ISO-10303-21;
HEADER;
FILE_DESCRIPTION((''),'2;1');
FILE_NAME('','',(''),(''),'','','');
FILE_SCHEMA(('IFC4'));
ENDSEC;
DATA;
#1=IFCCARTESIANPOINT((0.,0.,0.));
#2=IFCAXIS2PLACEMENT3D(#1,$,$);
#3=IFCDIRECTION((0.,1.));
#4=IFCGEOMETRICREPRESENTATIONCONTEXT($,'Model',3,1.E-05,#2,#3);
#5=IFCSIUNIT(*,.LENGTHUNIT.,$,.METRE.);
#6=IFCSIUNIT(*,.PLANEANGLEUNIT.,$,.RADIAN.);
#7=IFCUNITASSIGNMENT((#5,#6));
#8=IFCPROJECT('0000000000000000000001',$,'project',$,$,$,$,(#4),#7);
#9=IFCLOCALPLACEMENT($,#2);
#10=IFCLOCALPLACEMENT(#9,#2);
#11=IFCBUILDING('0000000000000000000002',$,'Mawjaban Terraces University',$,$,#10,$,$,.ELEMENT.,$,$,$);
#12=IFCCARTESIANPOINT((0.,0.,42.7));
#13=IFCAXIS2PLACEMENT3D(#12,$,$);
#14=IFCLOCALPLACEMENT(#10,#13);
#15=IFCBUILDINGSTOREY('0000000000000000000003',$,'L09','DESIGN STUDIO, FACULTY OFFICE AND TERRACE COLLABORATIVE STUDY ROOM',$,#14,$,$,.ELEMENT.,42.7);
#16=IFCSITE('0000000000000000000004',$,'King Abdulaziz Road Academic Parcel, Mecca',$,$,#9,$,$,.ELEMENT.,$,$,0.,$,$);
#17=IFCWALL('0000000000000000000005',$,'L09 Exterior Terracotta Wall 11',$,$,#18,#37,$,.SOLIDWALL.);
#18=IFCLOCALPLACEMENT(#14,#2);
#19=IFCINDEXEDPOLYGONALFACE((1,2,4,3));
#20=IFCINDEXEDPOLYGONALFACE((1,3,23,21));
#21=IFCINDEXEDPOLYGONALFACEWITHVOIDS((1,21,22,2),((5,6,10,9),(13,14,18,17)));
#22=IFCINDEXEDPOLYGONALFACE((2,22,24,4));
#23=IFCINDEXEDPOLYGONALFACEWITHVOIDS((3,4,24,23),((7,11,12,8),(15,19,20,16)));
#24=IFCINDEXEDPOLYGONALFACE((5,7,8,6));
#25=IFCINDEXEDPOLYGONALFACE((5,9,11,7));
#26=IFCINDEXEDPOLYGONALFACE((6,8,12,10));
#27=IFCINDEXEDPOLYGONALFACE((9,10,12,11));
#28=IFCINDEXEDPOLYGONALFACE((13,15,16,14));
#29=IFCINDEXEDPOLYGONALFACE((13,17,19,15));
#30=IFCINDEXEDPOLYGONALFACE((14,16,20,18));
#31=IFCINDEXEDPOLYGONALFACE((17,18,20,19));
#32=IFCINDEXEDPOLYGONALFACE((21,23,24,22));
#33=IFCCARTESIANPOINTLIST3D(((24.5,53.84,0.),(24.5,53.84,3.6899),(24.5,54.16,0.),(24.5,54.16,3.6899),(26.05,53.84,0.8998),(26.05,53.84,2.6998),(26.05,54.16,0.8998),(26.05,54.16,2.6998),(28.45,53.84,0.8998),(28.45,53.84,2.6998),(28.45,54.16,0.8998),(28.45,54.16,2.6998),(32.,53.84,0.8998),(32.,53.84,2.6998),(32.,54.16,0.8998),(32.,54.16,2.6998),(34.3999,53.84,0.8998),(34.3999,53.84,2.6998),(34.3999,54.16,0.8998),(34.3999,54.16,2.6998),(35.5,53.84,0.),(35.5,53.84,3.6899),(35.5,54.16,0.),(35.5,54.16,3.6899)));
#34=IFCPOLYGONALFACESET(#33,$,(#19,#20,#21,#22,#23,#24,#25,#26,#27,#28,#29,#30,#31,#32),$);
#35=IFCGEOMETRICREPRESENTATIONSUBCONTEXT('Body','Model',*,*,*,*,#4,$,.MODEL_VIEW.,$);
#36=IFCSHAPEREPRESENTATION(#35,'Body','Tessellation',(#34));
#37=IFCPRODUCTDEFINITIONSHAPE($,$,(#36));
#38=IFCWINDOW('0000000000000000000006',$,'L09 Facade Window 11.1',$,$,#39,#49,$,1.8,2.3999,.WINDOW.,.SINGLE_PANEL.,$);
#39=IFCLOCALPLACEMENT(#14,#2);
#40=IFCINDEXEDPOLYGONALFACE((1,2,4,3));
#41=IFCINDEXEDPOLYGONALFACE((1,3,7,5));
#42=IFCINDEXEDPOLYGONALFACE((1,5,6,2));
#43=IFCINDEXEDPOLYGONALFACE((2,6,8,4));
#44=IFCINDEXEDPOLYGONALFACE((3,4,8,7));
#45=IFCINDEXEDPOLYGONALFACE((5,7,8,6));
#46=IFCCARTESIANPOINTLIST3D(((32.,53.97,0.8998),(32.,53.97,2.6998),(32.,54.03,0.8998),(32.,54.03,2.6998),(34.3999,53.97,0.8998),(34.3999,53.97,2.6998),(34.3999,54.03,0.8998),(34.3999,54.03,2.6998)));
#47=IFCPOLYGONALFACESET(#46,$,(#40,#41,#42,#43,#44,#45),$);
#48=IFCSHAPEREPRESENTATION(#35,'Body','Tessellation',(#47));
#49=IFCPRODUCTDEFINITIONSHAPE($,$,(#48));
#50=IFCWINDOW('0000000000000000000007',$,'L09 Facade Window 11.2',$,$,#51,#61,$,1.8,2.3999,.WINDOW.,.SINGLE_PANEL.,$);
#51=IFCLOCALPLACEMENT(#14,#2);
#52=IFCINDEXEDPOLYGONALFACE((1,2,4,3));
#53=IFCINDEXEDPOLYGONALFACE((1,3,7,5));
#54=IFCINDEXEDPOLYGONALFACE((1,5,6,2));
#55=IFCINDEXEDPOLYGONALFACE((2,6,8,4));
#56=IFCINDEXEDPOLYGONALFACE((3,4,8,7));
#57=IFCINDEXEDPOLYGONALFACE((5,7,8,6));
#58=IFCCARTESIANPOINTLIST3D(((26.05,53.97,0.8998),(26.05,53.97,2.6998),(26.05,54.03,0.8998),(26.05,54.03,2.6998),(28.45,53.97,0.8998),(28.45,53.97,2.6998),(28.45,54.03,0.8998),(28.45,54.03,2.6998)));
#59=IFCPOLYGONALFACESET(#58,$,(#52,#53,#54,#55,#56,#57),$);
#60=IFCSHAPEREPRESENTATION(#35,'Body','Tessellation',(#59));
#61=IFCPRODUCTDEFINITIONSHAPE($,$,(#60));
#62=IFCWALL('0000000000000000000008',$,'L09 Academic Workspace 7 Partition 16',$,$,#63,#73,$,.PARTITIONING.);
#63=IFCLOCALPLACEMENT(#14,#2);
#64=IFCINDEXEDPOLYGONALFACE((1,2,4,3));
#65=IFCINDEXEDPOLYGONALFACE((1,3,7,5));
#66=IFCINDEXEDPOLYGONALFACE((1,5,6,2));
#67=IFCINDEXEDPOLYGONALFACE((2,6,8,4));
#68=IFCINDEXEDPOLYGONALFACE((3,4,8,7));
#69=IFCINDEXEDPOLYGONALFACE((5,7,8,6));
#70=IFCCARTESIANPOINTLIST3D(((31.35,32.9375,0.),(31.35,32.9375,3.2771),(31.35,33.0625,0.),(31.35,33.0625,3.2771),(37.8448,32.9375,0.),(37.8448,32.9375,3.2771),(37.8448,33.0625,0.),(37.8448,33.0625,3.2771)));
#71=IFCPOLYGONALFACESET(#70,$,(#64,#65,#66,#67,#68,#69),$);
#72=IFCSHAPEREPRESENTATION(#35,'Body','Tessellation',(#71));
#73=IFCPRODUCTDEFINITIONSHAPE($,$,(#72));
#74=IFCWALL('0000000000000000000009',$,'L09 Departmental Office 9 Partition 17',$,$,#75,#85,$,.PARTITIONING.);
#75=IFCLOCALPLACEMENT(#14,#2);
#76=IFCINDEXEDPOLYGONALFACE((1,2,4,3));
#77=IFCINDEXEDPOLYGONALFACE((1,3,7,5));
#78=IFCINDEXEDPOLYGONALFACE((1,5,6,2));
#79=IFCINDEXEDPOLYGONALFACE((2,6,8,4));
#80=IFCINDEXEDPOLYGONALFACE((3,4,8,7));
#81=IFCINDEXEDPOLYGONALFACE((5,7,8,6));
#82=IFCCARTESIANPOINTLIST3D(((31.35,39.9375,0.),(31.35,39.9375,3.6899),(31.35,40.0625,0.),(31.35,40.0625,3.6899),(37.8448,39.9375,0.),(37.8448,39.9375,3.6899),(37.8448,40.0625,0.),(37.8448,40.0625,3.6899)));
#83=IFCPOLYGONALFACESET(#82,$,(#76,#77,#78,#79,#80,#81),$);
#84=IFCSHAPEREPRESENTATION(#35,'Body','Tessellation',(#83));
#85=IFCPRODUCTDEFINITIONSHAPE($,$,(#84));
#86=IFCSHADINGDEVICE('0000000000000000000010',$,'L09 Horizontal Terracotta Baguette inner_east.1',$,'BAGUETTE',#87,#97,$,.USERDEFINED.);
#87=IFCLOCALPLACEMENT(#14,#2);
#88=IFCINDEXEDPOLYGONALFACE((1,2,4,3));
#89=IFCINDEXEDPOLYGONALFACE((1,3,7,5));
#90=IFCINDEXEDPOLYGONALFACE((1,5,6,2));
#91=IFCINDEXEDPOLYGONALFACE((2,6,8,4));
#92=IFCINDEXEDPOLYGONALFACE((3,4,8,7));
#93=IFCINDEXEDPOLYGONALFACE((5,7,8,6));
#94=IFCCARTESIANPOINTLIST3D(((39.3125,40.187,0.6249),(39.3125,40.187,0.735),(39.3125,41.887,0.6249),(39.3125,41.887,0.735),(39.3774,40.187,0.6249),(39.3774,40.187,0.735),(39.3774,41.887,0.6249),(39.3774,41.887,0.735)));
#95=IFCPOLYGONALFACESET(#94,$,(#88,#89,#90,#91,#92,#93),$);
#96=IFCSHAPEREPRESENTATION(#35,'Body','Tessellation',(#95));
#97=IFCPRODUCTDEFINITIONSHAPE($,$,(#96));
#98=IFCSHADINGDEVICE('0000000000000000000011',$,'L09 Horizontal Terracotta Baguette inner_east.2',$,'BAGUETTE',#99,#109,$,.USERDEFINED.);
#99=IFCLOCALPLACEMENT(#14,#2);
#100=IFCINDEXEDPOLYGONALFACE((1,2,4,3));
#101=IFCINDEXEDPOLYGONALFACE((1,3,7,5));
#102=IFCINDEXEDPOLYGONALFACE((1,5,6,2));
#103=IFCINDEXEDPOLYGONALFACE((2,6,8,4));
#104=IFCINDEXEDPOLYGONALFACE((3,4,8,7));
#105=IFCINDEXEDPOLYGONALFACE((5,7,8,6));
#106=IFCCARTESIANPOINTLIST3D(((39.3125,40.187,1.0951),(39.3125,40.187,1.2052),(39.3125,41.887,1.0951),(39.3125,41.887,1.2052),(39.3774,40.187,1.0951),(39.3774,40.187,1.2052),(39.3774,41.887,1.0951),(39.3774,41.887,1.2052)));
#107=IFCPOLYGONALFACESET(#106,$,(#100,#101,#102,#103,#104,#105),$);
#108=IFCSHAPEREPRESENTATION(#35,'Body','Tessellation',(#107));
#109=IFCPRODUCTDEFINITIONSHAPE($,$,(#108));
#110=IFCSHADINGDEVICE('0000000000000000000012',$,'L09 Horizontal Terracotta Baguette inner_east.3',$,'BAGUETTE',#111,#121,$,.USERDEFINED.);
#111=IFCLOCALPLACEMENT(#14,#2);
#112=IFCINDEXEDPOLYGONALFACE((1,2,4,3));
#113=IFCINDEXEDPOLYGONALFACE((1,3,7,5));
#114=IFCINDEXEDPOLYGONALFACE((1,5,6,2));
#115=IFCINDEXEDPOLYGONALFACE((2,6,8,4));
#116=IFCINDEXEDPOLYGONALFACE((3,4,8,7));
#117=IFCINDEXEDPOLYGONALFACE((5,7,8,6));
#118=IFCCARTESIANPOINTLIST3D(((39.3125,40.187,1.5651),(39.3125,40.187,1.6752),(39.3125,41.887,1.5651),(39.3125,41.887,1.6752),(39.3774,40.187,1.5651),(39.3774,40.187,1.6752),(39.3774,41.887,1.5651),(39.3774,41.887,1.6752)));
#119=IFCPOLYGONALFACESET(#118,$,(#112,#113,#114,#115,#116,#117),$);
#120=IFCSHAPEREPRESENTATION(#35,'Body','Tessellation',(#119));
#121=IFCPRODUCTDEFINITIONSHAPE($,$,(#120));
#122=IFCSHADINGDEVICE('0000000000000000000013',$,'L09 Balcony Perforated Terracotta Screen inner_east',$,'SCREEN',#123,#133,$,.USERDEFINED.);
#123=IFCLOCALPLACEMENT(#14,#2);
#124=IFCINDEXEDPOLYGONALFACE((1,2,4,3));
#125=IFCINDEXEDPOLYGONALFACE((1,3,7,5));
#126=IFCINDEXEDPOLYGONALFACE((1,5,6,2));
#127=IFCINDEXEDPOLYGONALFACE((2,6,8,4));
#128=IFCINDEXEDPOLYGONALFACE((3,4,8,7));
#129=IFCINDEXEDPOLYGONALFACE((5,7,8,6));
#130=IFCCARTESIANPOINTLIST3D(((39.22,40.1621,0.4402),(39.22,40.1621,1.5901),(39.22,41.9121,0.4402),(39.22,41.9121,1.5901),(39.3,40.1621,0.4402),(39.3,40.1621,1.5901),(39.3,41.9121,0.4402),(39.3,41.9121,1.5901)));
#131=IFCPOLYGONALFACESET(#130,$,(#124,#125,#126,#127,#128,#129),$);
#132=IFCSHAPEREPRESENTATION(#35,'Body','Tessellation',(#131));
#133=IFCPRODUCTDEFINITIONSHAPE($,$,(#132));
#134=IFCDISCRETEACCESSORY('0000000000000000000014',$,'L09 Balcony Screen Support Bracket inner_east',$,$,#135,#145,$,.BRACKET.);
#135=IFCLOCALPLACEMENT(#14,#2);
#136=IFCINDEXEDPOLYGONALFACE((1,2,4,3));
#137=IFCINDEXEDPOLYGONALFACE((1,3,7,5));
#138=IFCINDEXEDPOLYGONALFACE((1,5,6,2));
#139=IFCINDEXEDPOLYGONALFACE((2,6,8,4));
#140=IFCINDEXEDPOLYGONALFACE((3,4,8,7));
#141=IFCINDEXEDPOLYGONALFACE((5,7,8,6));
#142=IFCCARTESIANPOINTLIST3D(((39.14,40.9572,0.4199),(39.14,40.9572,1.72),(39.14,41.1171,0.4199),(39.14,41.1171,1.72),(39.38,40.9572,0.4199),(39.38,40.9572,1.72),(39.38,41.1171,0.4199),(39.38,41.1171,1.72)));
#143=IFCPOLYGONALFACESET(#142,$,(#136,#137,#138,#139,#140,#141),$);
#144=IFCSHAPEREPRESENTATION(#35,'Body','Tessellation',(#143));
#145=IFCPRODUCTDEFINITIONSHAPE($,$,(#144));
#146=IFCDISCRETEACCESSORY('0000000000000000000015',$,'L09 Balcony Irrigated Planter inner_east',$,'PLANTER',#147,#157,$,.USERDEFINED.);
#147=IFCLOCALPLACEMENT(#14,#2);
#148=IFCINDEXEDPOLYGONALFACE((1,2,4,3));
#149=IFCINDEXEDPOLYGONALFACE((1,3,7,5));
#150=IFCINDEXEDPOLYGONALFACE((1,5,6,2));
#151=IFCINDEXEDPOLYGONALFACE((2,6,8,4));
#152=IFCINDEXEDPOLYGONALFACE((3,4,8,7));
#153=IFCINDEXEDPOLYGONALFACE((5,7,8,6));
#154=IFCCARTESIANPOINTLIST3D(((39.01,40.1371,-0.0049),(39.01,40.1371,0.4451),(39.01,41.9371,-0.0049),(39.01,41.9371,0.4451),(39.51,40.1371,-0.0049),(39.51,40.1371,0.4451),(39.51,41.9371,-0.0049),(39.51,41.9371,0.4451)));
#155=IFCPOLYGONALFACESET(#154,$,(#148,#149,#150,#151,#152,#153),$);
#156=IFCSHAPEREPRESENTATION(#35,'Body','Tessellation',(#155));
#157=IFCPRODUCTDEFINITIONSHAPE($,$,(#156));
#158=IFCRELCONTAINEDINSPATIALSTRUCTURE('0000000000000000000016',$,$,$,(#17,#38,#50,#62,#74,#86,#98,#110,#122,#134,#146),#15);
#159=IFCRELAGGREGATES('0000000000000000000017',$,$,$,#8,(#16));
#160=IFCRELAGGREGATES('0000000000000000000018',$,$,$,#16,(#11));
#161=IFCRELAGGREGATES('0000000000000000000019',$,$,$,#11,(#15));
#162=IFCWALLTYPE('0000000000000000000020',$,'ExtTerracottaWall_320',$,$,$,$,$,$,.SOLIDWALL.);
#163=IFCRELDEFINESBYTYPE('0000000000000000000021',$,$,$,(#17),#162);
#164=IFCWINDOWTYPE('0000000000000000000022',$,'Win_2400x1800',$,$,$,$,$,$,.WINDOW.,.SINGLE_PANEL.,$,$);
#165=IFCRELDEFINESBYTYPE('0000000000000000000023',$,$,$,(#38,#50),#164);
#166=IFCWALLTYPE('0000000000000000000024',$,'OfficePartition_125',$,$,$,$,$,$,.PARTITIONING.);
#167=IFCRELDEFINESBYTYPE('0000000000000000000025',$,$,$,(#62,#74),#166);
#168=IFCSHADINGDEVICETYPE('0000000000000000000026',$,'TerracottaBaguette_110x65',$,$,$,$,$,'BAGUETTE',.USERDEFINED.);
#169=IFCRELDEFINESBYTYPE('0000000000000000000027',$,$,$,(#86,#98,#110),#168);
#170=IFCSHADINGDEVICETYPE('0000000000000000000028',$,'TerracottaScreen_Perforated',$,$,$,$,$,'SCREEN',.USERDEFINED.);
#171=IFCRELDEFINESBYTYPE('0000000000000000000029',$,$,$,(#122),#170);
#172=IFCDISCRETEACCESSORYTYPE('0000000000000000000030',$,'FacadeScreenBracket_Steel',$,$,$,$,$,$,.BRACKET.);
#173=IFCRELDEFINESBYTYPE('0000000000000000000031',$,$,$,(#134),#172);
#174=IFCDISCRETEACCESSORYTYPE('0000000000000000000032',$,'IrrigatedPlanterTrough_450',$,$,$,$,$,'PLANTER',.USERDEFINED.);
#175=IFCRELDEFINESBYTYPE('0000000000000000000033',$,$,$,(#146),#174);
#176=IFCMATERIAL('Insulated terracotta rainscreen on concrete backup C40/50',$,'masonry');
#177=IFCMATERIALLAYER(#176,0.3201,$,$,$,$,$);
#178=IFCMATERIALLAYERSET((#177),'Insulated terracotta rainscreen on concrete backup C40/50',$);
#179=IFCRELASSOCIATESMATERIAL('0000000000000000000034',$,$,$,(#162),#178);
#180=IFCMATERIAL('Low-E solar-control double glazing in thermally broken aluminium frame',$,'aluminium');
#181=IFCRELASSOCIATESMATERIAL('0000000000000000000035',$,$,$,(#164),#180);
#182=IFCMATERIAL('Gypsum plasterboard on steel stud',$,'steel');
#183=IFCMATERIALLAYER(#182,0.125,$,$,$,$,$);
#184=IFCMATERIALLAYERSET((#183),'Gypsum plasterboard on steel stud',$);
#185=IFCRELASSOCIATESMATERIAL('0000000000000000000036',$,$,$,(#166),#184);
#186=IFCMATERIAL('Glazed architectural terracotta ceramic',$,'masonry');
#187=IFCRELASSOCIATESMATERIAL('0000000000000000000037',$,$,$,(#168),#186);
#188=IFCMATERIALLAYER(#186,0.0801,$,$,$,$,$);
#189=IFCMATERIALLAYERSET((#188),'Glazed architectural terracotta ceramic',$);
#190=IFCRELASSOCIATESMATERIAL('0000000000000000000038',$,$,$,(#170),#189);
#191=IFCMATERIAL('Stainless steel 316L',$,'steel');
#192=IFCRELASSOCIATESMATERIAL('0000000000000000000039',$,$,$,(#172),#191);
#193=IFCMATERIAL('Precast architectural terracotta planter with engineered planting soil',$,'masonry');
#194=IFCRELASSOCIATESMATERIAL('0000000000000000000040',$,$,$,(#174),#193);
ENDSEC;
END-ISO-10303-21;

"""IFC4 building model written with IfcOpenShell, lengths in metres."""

from ifc_helpers import new_model, si_unit, direction, frame, frame_2d, origin, origin_2d, place, context, subcontext, project, spatial, rectangle, extrude, material, layer, layer_set, material_profile, profile_set, type_object, element, fill, save


model = new_model("IFC4")

# Units and contexts
model_context = context("Model", 3, precision=1e-05, world=origin(), true_north=direction((0.0, 1.0)))
body_context = subcontext(model_context, "Body", "Model", "MODEL_VIEW")
ifc_project = project(units=[si_unit("LENGTHUNIT", "METRE"), si_unit("PLANEANGLEUNIT", "RADIAN")], contexts=[model_context])

# Site, building, storey
site_placement = place(None, origin())
site = spatial("IfcSite", under=ifc_project, at=site_placement, Name="King Abdulaziz Road Academic Parcel, Mecca", CompositionType="ELEMENT", RefElevation=0.0)
building_placement = place(site_placement, origin())
building = spatial("IfcBuilding", under=site, at=building_placement, Name="Mawjaban Terraces University", CompositionType="ELEMENT")
storey_placement = place(building_placement, frame((0.0, 0.0, 42.7)))
storey = spatial("IfcBuildingStorey", under=building, at=storey_placement, Name="L09", Description="DESIGN STUDIO, FACULTY OFFICE AND TERRACE COLLABORATIVE STUDY ROOM", CompositionType="ELEMENT", Elevation=42.7)

# Shared definitions
ifc_material_1 = material(Name="Insulated terracotta rainscreen on concrete backup C40/50", Category="masonry")
ifc_layer_1 = layer(ifc_material_1, 0.3201)
ifc_layer_set_1 = layer_set([ifc_layer_1], Name="Insulated terracotta rainscreen on concrete backup C40/50")
wall_type_1 = type_object("IfcWallType", Name="ExtTerracottaWall_320", PredefinedType="SOLIDWALL", material=ifc_layer_set_1)

# Wall, openings, windows
wall_1_placement = place(storey_placement, frame((35.5, 54.0, 0.0), z_axis=(0.0, 0.0, 1.0), x_axis=(-1.0, 0.0, 0.0)))
wall_1 = element("IfcWall", 1, at=wall_1_placement, inside=storey, type_object=wall_type_1, Name="L09 Exterior Terracotta Wall 11", PredefinedType="SOLIDWALL", context=body_context, shape_type="SweptSolid", body=[
    extrude(rectangle(XDim=11.0, YDim=0.3201, at=frame_2d((5.5, 0.0))), origin(), (0.0, 0.0, 1.0), 3.6899),
])
opening_1_placement = place(wall_1_placement, frame((1.1001, 0.0, 0.8999)))
opening_1 = element("IfcOpeningElement", 2, at=opening_1_placement, cuts=wall_1, PredefinedType="OPENING", context=body_context, shape_type="SweptSolid", body=[
    extrude(rectangle(XDim=2.3999, YDim=1.8, at=frame_2d((1.2, 0.8999))), frame((0.0, 0.1699, 0.0), z_axis=(0.0, -1.0, 0.0), x_axis=(1.0, 0.0, 0.0)), (0.0, 0.0, 1.0), 0.3401),
])
opening_2_placement = place(wall_1_placement, frame((7.05, 0.0, 0.8999)))
opening_2 = element("IfcOpeningElement", 3, at=opening_2_placement, cuts=wall_1, PredefinedType="OPENING", context=body_context, shape_type="SweptSolid", body=[
    extrude(rectangle(XDim=2.3999, YDim=1.8, at=frame_2d((1.2, 0.8999))), frame((0.0, 0.1699, 0.0), z_axis=(0.0, -1.0, 0.0), x_axis=(1.0, 0.0, 0.0)), (0.0, 0.0, 1.0), 0.3401),
])
ifc_material_2 = material(Name="Low-E solar-control double glazing in thermally broken aluminium frame", Category="aluminium")
window_type = type_object("IfcWindowType", Name="Win_2400x1800", PartitioningType="SINGLE_PANEL", PredefinedType="WINDOW", material=ifc_material_2)
window_1_placement = place(opening_1_placement, origin())
window_1 = element("IfcWindow", 4, at=window_1_placement, inside=storey, type_object=window_type, Name="L09 Facade Window 11.1", OverallHeight=1.8, OverallWidth=2.3999, PartitioningType="SINGLE_PANEL", PredefinedType="WINDOW", context=body_context, shape_type="SweptSolid", body=[
    extrude(rectangle(XDim=2.3999, YDim=1.8, at=frame_2d((1.2, 0.8999))), frame((0.0, 0.03, 0.0), z_axis=(0.0, -1.0, 0.0), x_axis=(1.0, 0.0, 0.0)), (0.0, 0.0, 1.0), 0.0601),
])
fill(opening_1, window_1)
window_2_placement = place(opening_2_placement, origin())
window_2 = element("IfcWindow", 5, at=window_2_placement, inside=storey, type_object=window_type, Name="L09 Facade Window 11.2", OverallHeight=1.8, OverallWidth=2.3999, PartitioningType="SINGLE_PANEL", PredefinedType="WINDOW", context=body_context, shape_type="SweptSolid", body=[
    extrude(rectangle(XDim=2.3999, YDim=1.8, at=frame_2d((1.2, 0.8999))), frame((0.0, 0.03, 0.0), z_axis=(0.0, -1.0, 0.0), x_axis=(1.0, 0.0, 0.0)), (0.0, 0.0, 1.0), 0.0601),
])
fill(opening_2, window_2)

# Walls
ifc_material_3 = material(Name="Gypsum plasterboard on steel stud", Category="steel")
ifc_layer_2 = layer(ifc_material_3, 0.125)
ifc_layer_set_2 = layer_set([ifc_layer_2], Name="Gypsum plasterboard on steel stud")
wall_type_2 = type_object("IfcWallType", Name="OfficePartition_125", PredefinedType="PARTITIONING", material=ifc_layer_set_2)
wall_2_placement = place(storey_placement, frame((37.845, 33.0, 0.0), z_axis=(0.0, 0.0, 1.0), x_axis=(-1.0, 0.0, 0.0)))
element("IfcWall", 6, at=wall_2_placement, inside=storey, type_object=wall_type_2, Name="L09 Academic Workspace 7 Partition 16", PredefinedType="PARTITIONING", context=body_context, shape_type="SweptSolid", body=[
    extrude(rectangle(XDim=6.4949, YDim=0.125, at=frame_2d((3.2476, 0.0))), origin(), (0.0, 0.0, 1.0), 3.2771),
])
wall_3_placement = place(storey_placement, frame((37.845, 40.0, 0.0), z_axis=(0.0, 0.0, 1.0), x_axis=(-1.0, 0.0, 0.0)))
element("IfcWall", 7, at=wall_3_placement, inside=storey, type_object=wall_type_2, Name="L09 Departmental Office 9 Partition 17", PredefinedType="PARTITIONING", context=body_context, shape_type="SweptSolid", body=[
    extrude(rectangle(XDim=6.4949, YDim=0.125, at=frame_2d((3.2476, 0.0))), origin(), (0.0, 0.0, 1.0), 3.6899),
])

# Shading devices
ifc_material_4 = material(Name="Glazed architectural terracotta ceramic", Category="masonry")
ifc_material_profile_1 = material_profile(ifc_material_4, rectangle(XDim=0.0649, YDim=0.1101, at=origin_2d()), Name="TBAG110X65")
ifc_profile_set_1 = profile_set([ifc_material_profile_1], Name="Glazed architectural terracotta ceramic")
shading_device_type_1 = type_object("IfcShadingDeviceType", Name="TerracottaBaguette_110x65", ElementType="BAGUETTE", PredefinedType="USERDEFINED", material=ifc_profile_set_1)
for number, where, z_axis, x_axis, name in (
    (8, (39.345, 40.187, 0.6799), (0.0, 1.0, 0.0), (-1.0, 0.0, 0.0), "L09 Horizontal Terracotta Baguette inner_east.1"),
    (9, (39.345, 40.187, 1.1501), (0.0, 1.0, 0.0), (-1.0, 0.0, 0.0), "L09 Horizontal Terracotta Baguette inner_east.2"),
    (10, (39.345, 40.187, 1.6201), (0.0, 1.0, 0.0), (-1.0, 0.0, 0.0), "L09 Horizontal Terracotta Baguette inner_east.3"),
):
    element("IfcShadingDevice", number, at=place(storey_placement, frame(where, z_axis=z_axis, x_axis=x_axis)), inside=storey, type_object=shading_device_type_1, Name=name, ObjectType="BAGUETTE", PredefinedType="USERDEFINED", context=body_context, shape_type="SweptSolid", body=[
        extrude(rectangle(XDim=0.0649, YDim=0.1101, at=origin_2d()), origin(), (0.0, 0.0, 1.0), 1.7),
    ])
ifc_layer_3 = layer(ifc_material_4, 0.0801)
ifc_layer_set_3 = layer_set([ifc_layer_3], Name="Glazed architectural terracotta ceramic")
shading_device_type_2 = type_object("IfcShadingDeviceType", Name="TerracottaScreen_Perforated", ElementType="SCREEN", PredefinedType="USERDEFINED", material=ifc_layer_set_3)
shading_device_placement = place(storey_placement, frame((39.26, 41.0371, 0.4402), z_axis=(0.0, 0.0, 1.0), x_axis=(0.0, 1.0, 0.0)))
element("IfcShadingDevice", 11, at=shading_device_placement, inside=storey, type_object=shading_device_type_2, Name="L09 Balcony Perforated Terracotta Screen inner_east", ObjectType="SCREEN", PredefinedType="USERDEFINED", context=body_context, shape_type="SweptSolid", body=[
    extrude(rectangle(XDim=1.75, YDim=0.0801, at=origin_2d()), origin(), (0.0, 0.0, 1.0), 1.1499),
])

# Discrete accessories
ifc_material_5 = material(Name="Stainless steel 316L", Category="steel")
discrete_accessory_type_1 = type_object("IfcDiscreteAccessoryType", Name="FacadeScreenBracket_Steel", PredefinedType="BRACKET", material=ifc_material_5)
discrete_accessory_1_placement = place(storey_placement, frame((39.26, 41.0371, 0.4199), z_axis=(0.0, 0.0, 1.0), x_axis=(0.0, 1.0, 0.0)))
element("IfcDiscreteAccessory", 12, at=discrete_accessory_1_placement, inside=storey, type_object=discrete_accessory_type_1, Name="L09 Balcony Screen Support Bracket inner_east", PredefinedType="BRACKET", context=body_context, shape_type="SweptSolid", body=[
    extrude(rectangle(XDim=0.1599, YDim=0.24, at=origin_2d()), origin(), (0.0, 0.0, 1.0), 1.3),
])
ifc_material_6 = material(Name="Precast architectural terracotta planter with engineered planting soil", Category="masonry")
discrete_accessory_type_2 = type_object("IfcDiscreteAccessoryType", Name="IrrigatedPlanterTrough_450", ElementType="PLANTER", PredefinedType="USERDEFINED", material=ifc_material_6)
discrete_accessory_2_placement = place(storey_placement, frame((39.26, 41.0371, -0.0049), z_axis=(0.0, 0.0, 1.0), x_axis=(0.0, 1.0, 0.0)))
element("IfcDiscreteAccessory", 13, at=discrete_accessory_2_placement, inside=storey, type_object=discrete_accessory_type_2, Name="L09 Balcony Irrigated Planter inner_east", ObjectType="PLANTER", PredefinedType="USERDEFINED", context=body_context, shape_type="SweptSolid", body=[
    extrude(rectangle(XDim=1.8, YDim=0.5, at=origin_2d()), origin(), (0.0, 0.0, 1.0), 0.45),
])

save(model, "model.ifc")
